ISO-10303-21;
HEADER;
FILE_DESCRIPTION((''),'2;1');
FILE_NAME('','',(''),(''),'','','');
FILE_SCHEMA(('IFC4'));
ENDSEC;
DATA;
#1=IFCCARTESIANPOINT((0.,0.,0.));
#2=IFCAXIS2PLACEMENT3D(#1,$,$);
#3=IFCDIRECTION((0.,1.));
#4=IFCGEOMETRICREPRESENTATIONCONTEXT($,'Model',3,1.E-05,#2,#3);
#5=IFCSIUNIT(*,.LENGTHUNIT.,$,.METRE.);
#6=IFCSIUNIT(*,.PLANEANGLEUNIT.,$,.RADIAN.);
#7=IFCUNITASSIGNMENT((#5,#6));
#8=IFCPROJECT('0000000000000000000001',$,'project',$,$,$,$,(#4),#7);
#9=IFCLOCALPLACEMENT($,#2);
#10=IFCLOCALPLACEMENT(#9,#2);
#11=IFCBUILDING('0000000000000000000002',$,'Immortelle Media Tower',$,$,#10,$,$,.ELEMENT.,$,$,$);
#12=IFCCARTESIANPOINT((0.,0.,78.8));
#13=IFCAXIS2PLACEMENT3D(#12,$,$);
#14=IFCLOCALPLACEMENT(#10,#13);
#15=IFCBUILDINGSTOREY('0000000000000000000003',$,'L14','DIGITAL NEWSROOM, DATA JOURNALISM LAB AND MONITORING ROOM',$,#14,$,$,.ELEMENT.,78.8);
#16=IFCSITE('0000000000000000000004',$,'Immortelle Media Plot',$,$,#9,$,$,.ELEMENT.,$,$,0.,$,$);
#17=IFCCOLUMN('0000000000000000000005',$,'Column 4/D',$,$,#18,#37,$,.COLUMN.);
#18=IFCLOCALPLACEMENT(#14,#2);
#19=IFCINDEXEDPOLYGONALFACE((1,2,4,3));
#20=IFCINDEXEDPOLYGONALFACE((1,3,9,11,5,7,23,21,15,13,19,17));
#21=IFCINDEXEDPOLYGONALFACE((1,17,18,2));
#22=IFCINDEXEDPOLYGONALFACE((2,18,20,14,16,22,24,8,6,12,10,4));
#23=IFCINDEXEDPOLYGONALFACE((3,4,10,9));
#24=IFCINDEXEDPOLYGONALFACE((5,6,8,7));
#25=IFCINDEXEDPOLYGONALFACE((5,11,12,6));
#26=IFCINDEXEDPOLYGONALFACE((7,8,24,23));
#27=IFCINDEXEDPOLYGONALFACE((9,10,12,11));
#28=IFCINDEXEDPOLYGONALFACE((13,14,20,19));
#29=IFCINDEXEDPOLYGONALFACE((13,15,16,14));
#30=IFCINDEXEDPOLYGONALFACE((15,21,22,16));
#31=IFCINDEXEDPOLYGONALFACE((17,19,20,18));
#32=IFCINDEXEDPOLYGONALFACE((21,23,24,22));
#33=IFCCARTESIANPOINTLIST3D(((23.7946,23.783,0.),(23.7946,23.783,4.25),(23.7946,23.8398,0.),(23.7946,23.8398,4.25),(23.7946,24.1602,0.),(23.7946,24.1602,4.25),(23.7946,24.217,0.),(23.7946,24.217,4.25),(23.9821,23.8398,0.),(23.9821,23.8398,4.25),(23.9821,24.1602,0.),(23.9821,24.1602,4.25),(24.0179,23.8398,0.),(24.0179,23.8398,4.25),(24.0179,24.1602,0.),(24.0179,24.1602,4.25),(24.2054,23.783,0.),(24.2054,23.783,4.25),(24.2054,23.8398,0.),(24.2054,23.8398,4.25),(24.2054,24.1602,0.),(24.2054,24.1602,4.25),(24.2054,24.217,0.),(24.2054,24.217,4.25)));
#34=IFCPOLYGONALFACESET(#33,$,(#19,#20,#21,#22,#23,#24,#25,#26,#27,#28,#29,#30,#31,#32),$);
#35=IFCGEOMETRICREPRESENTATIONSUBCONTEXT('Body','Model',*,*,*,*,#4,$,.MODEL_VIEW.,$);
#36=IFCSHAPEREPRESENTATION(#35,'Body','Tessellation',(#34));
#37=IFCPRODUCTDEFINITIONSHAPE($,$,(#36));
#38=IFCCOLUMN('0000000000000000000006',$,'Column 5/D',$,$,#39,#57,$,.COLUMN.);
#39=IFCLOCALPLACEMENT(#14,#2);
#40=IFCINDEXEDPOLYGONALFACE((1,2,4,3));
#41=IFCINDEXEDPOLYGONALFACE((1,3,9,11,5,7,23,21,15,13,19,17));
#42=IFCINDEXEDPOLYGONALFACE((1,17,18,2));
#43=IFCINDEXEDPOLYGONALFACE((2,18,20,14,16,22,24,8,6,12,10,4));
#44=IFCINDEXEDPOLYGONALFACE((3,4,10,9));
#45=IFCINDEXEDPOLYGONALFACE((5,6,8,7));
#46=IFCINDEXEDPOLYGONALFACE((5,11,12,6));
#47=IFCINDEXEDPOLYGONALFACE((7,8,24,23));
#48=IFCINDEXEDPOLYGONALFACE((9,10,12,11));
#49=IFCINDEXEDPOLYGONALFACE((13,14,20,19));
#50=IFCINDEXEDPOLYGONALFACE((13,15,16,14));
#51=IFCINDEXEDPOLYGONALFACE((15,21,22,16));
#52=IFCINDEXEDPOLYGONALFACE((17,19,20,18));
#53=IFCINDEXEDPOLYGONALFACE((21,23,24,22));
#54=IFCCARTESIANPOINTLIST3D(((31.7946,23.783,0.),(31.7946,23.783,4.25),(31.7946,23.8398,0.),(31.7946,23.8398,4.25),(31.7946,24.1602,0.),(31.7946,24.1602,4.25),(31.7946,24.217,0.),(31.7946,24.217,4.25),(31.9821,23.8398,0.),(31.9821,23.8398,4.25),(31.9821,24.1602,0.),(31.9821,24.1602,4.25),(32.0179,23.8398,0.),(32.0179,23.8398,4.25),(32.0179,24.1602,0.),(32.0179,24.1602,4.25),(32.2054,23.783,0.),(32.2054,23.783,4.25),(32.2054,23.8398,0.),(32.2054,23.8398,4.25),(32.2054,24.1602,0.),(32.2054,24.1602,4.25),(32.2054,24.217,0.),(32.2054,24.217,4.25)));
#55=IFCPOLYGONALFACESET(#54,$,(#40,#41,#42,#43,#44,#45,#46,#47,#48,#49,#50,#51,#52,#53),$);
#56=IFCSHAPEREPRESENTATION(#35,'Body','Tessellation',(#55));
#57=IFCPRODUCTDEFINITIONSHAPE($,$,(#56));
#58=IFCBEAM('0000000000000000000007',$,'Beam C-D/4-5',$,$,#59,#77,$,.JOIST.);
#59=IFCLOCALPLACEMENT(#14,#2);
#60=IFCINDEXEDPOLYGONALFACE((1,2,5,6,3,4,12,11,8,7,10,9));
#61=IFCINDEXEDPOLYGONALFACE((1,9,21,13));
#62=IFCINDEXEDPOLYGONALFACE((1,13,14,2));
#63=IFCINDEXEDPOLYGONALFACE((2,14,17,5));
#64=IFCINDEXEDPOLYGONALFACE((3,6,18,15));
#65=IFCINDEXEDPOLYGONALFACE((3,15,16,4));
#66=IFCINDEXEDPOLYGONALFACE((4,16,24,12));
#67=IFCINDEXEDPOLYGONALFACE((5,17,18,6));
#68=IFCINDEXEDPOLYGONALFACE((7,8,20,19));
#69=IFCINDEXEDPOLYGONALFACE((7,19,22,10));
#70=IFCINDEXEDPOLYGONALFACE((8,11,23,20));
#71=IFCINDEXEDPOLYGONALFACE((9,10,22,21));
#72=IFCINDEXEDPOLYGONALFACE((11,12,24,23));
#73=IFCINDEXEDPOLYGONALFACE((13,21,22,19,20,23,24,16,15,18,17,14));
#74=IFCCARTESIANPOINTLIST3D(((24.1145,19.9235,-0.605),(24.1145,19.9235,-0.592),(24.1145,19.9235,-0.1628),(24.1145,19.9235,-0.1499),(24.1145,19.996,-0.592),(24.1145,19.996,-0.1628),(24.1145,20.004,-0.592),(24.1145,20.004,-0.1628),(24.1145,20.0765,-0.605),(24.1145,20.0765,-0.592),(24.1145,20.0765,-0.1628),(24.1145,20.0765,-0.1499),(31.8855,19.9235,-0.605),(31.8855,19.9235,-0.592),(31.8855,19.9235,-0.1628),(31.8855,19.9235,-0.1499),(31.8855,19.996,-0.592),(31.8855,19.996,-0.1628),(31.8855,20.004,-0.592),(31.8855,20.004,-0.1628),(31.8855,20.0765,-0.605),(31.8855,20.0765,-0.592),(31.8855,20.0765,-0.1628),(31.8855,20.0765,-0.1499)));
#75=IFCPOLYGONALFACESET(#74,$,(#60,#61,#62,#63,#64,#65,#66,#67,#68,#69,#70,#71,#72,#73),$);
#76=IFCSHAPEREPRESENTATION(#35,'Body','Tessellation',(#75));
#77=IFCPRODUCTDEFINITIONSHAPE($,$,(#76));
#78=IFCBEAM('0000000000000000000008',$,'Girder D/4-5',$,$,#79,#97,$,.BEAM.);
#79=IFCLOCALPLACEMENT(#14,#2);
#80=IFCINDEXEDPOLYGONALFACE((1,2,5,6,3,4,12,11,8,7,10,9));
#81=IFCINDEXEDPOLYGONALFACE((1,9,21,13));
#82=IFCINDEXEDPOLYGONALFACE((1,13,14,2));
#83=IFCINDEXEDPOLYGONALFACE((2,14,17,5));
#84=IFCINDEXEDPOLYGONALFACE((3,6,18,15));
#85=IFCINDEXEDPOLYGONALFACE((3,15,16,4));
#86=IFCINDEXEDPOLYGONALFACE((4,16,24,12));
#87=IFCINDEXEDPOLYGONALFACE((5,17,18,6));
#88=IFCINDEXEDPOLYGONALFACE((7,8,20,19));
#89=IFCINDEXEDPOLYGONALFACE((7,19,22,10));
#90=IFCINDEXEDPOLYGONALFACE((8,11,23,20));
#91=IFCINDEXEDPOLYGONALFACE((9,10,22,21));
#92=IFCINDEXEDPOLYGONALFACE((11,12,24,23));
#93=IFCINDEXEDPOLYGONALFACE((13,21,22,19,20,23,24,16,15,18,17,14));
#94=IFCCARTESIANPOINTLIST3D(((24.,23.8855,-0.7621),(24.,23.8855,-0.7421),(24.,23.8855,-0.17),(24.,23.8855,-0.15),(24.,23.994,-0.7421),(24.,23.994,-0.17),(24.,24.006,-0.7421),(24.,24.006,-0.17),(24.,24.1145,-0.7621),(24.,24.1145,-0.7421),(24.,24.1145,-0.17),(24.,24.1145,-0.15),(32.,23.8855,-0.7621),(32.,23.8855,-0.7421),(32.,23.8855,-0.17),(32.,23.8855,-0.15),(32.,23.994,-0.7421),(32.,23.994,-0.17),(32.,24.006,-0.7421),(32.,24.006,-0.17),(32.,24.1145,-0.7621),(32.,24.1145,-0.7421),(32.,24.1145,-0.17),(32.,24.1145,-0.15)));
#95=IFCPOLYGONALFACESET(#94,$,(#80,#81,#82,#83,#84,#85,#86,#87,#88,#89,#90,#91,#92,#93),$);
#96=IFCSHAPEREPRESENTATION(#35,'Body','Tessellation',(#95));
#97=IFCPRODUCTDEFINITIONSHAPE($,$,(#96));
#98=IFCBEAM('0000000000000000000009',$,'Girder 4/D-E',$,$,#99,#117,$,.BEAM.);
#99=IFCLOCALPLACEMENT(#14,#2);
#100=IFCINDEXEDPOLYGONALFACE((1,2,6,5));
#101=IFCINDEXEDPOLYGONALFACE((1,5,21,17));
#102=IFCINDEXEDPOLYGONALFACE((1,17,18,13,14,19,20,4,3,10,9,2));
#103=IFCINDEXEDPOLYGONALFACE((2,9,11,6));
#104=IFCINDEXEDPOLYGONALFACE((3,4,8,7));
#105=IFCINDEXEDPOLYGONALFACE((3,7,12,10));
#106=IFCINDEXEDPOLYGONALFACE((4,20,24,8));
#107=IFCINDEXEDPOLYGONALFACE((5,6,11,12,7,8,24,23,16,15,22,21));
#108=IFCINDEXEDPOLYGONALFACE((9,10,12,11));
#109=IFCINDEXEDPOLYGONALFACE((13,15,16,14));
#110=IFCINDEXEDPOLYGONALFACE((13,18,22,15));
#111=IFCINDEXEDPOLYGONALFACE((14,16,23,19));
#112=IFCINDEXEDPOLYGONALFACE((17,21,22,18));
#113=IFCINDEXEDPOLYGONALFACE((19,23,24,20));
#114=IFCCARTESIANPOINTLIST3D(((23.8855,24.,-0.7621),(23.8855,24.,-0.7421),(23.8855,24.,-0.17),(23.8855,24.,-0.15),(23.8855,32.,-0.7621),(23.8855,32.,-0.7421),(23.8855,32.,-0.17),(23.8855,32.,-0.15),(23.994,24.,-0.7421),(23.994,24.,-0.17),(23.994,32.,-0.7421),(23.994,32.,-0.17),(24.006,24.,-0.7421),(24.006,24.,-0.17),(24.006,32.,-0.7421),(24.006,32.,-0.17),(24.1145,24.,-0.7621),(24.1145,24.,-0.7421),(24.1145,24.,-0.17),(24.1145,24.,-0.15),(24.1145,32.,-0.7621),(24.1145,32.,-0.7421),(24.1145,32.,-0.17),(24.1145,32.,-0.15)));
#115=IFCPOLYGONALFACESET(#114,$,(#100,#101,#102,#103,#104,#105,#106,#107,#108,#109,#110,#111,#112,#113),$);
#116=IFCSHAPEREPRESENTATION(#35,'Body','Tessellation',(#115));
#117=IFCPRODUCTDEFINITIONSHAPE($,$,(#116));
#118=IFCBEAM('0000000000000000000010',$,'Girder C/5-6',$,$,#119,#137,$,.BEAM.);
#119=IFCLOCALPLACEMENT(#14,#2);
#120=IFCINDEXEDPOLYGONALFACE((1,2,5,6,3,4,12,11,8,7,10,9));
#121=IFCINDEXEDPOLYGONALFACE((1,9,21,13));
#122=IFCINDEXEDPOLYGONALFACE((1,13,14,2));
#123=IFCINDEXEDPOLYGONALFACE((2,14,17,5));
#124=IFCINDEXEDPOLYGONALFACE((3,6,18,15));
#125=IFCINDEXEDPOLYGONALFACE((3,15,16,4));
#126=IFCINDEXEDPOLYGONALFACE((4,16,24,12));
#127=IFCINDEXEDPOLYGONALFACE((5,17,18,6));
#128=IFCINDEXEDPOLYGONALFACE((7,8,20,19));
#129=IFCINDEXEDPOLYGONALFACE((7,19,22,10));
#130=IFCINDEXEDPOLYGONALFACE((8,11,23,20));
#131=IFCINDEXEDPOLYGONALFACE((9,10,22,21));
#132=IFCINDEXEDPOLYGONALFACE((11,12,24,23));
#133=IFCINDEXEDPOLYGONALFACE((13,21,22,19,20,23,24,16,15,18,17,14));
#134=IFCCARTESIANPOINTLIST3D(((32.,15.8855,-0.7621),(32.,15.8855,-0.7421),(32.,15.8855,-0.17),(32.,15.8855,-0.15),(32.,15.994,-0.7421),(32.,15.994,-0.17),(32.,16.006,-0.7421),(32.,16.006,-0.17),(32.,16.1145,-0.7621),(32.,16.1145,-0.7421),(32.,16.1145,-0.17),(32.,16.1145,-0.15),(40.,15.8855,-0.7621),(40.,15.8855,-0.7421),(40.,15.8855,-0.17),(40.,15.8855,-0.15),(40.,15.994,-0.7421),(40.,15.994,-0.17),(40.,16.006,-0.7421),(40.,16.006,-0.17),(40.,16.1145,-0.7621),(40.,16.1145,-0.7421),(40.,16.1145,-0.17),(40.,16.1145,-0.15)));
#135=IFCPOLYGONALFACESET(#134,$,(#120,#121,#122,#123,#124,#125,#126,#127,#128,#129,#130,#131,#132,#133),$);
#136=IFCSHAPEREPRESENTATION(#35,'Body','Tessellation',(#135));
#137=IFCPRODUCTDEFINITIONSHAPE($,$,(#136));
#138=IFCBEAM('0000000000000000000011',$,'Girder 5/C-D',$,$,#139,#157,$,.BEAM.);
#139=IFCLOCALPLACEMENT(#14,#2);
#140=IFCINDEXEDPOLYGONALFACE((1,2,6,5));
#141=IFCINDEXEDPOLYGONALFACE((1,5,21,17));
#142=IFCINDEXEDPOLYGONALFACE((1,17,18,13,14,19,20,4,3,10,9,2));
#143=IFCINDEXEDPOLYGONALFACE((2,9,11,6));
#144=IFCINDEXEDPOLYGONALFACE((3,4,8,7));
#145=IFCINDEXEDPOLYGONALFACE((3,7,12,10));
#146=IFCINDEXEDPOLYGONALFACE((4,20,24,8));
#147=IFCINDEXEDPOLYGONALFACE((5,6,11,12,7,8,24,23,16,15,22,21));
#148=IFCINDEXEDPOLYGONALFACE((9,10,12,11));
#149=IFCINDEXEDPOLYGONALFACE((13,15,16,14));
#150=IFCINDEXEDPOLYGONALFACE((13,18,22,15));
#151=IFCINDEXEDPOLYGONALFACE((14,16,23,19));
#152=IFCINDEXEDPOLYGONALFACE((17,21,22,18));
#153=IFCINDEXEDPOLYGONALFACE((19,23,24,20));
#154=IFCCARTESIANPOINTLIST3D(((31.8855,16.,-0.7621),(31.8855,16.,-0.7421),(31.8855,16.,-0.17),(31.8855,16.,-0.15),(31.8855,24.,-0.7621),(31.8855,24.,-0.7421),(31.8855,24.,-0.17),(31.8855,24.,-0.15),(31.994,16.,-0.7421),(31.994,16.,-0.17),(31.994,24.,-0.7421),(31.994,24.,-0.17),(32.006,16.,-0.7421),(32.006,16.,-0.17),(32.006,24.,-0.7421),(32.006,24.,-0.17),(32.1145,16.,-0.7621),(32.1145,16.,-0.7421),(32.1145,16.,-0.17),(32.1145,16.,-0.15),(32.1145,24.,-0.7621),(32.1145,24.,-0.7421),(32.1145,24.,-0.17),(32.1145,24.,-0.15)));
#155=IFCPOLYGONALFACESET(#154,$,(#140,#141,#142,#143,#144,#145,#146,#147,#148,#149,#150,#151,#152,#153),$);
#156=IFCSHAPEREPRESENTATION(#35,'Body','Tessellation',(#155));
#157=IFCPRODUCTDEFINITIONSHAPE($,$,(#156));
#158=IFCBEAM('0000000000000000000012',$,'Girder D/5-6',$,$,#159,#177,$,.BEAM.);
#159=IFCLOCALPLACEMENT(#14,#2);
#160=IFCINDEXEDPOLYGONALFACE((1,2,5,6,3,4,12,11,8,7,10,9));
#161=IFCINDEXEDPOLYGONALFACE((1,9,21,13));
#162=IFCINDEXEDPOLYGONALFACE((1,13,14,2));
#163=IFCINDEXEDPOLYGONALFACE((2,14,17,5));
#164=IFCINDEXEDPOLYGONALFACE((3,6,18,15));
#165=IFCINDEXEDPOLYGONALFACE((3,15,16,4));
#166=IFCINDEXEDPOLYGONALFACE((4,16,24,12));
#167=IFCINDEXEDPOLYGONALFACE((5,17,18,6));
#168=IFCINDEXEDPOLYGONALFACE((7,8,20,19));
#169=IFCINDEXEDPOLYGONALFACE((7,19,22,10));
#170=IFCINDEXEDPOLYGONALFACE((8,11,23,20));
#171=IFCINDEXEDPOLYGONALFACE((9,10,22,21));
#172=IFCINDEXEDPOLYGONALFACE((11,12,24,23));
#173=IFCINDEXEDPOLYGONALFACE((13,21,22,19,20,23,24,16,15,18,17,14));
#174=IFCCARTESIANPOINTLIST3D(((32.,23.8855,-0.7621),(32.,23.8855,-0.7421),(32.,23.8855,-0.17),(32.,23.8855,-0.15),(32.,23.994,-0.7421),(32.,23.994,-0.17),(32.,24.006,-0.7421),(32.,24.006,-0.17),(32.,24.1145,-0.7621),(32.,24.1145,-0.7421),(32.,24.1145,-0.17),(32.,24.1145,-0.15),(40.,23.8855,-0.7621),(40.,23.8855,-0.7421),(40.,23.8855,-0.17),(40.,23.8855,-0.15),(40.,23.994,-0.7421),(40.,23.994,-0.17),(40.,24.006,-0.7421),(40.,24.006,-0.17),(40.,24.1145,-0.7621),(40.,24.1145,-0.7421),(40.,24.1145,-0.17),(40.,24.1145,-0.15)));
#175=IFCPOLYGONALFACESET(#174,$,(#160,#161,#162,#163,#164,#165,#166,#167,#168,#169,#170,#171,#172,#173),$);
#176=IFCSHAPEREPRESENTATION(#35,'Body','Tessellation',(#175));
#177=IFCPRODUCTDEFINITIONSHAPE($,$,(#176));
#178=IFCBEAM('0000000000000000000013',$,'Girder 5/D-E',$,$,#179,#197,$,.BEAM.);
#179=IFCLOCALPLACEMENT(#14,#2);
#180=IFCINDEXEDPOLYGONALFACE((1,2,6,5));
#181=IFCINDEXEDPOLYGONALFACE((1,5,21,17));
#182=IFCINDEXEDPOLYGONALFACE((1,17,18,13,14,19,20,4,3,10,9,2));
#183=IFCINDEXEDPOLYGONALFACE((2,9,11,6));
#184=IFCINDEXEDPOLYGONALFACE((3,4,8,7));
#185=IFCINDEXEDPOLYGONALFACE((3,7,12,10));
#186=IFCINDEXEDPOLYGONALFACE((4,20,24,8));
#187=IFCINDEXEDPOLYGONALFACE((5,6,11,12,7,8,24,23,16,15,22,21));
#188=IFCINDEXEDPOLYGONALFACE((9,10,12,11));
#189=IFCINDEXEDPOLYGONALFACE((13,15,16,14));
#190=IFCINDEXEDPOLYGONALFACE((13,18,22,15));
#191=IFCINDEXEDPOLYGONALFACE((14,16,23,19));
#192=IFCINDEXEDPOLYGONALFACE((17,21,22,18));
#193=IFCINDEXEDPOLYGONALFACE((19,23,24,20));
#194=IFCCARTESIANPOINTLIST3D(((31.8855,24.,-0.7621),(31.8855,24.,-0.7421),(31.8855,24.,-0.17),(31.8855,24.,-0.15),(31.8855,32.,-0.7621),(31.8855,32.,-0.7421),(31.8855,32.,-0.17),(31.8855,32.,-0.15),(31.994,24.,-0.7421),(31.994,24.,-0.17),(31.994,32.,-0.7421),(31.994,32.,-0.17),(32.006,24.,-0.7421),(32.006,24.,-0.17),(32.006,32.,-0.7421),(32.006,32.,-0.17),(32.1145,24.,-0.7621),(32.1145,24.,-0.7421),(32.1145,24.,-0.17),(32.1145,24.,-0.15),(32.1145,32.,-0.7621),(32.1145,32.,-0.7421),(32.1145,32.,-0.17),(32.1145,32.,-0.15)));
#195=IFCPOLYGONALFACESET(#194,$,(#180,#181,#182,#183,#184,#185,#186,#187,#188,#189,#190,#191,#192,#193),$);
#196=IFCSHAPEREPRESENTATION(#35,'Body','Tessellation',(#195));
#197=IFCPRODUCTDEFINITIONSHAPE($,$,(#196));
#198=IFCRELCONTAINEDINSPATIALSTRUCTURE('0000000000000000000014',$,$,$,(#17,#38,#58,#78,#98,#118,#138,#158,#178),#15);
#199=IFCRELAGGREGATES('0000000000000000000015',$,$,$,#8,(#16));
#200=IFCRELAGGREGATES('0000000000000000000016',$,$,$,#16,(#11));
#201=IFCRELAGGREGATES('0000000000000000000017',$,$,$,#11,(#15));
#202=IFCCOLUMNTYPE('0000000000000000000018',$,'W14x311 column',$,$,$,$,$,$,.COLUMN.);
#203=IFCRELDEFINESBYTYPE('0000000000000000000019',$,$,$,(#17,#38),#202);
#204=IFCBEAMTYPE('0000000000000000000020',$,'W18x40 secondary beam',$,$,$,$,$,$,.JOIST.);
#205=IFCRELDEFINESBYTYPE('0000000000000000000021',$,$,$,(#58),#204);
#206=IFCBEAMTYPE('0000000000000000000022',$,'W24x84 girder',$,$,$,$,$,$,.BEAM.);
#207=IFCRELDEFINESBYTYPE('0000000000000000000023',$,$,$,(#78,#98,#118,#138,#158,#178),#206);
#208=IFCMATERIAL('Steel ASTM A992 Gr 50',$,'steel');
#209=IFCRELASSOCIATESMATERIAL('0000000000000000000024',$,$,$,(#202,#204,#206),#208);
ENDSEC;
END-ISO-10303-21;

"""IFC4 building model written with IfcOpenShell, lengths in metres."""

from ifc_helpers import new_model, si_unit, direction, frame, origin, origin_2d, place, context, subcontext, project, spatial, i_section, extrude, material, material_profile, profile_set, type_object, element, save


model = new_model("IFC4")

# Units and contexts
model_context = context("Model", 3, precision=1e-05, world=origin(), true_north=direction((0.0, 1.0)))
body_context = subcontext(model_context, "Body", "Model", "MODEL_VIEW")
ifc_project = project(units=[si_unit("LENGTHUNIT", "METRE"), si_unit("PLANEANGLEUNIT", "RADIAN")], contexts=[model_context])

# Site, building, storey
site_placement = place(None, origin())
site = spatial("IfcSite", under=ifc_project, at=site_placement, Name="Immortelle Media Plot", CompositionType="ELEMENT", RefElevation=0.0)
building_placement = place(site_placement, origin())
building = spatial("IfcBuilding", under=site, at=building_placement, Name="Immortelle Media Tower", CompositionType="ELEMENT")
storey_placement = place(building_placement, frame((0.0, 0.0, 78.8)))
storey = spatial("IfcBuildingStorey", under=building, at=storey_placement, Name="L14", Description="DIGITAL NEWSROOM, DATA JOURNALISM LAB AND MONITORING ROOM", CompositionType="ELEMENT", Elevation=78.8)

# Columns
ifc_material_1 = material(Name="Steel ASTM A992 Gr 50", Category="steel")
ifc_material_profile_1 = material_profile(ifc_material_1, i_section(OverallWidth=0.4109, OverallDepth=0.4341, WebThickness=0.0359, FlangeThickness=0.0569, at=origin_2d()), Name="W14x311")
ifc_profile_set_1 = profile_set([ifc_material_profile_1], Name="Steel ASTM A992 Gr 50")
column_type = type_object("IfcColumnType", Name="W14x311 column", PredefinedType="COLUMN", material=ifc_profile_set_1)
for number, where, z_axis, x_axis, name in (
    (1, (24.0, 24.0, 0.0), (0.0, 0.0, 1.0), (1.0, 0.0, 0.0), "Column 4/D"),
    (2, (32.0, 24.0, 0.0), (0.0, 0.0, 1.0), (1.0, 0.0, 0.0), "Column 5/D"),
):
    element("IfcColumn", number, at=place(storey_placement, frame(where, z_axis=z_axis, x_axis=x_axis)), inside=storey, type_object=column_type, Name=name, PredefinedType="COLUMN", context=body_context, shape_type="SweptSolid", body=[
        extrude(i_section(OverallWidth=0.4109, OverallDepth=0.4341, WebThickness=0.0359, FlangeThickness=0.0569, at=origin_2d()), origin(), (0.0, 0.0, 1.0), 4.25),
    ])

# Beams
ifc_material_profile_2 = material_profile(ifc_material_1, i_section(OverallWidth=0.1531, OverallDepth=0.4551, WebThickness=0.0081, FlangeThickness=0.0129, at=origin_2d()), Name="W18x40")
ifc_profile_set_2 = profile_set([ifc_material_profile_2], Name="Steel ASTM A992 Gr 50")
beam_type_1 = type_object("IfcBeamType", Name="W18x40 secondary beam", PredefinedType="JOIST", material=ifc_profile_set_2)
beam_placement = place(storey_placement, frame((24.1145, 20.0, -0.3774), z_axis=(1.0, 0.0, 0.0), x_axis=(0.0, 1.0, 0.0)))
element("IfcBeam", 3, at=beam_placement, inside=storey, type_object=beam_type_1, Name="Beam C-D/4-5", PredefinedType="JOIST", context=body_context, shape_type="SweptSolid", body=[
    extrude(i_section(OverallWidth=0.1531, OverallDepth=0.4551, WebThickness=0.0081, FlangeThickness=0.0129, at=origin_2d()), origin(), (0.0, 0.0, 1.0), 7.771),
])
ifc_material_profile_3 = material_profile(ifc_material_1, i_section(OverallWidth=0.229, OverallDepth=0.6121, WebThickness=0.012, FlangeThickness=0.02, at=origin_2d()), Name="W24x84")
ifc_profile_set_3 = profile_set([ifc_material_profile_3], Name="Steel ASTM A992 Gr 50")
beam_type_2 = type_object("IfcBeamType", Name="W24x84 girder", PredefinedType="BEAM", material=ifc_profile_set_3)
for number, where, z_axis, x_axis, name in (
    (4, (24.0, 24.0, -0.4561), (1.0, 0.0, 0.0), (0.0, 1.0, 0.0), "Girder D/4-5"),
    (5, (24.0, 24.0, -0.4561), (0.0, 1.0, 0.0), (-1.0, 0.0, 0.0), "Girder 4/D-E"),
    (6, (32.0, 16.0, -0.4561), (1.0, 0.0, 0.0), (0.0, 1.0, 0.0), "Girder C/5-6"),
    (7, (32.0, 16.0, -0.4561), (0.0, 1.0, 0.0), (-1.0, 0.0, 0.0), "Girder 5/C-D"),
    (8, (32.0, 24.0, -0.4561), (1.0, 0.0, 0.0), (0.0, 1.0, 0.0), "Girder D/5-6"),
    (9, (32.0, 24.0, -0.4561), (0.0, 1.0, 0.0), (-1.0, 0.0, 0.0), "Girder 5/D-E"),
):
    element("IfcBeam", number, at=place(storey_placement, frame(where, z_axis=z_axis, x_axis=x_axis)), inside=storey, type_object=beam_type_2, Name=name, PredefinedType="BEAM", context=body_context, shape_type="SweptSolid", body=[
        extrude(i_section(OverallWidth=0.229, OverallDepth=0.6121, WebThickness=0.012, FlangeThickness=0.02, at=origin_2d()), origin(), (0.0, 0.0, 1.0), 8.0),
    ])

save(model, "model.ifc")
